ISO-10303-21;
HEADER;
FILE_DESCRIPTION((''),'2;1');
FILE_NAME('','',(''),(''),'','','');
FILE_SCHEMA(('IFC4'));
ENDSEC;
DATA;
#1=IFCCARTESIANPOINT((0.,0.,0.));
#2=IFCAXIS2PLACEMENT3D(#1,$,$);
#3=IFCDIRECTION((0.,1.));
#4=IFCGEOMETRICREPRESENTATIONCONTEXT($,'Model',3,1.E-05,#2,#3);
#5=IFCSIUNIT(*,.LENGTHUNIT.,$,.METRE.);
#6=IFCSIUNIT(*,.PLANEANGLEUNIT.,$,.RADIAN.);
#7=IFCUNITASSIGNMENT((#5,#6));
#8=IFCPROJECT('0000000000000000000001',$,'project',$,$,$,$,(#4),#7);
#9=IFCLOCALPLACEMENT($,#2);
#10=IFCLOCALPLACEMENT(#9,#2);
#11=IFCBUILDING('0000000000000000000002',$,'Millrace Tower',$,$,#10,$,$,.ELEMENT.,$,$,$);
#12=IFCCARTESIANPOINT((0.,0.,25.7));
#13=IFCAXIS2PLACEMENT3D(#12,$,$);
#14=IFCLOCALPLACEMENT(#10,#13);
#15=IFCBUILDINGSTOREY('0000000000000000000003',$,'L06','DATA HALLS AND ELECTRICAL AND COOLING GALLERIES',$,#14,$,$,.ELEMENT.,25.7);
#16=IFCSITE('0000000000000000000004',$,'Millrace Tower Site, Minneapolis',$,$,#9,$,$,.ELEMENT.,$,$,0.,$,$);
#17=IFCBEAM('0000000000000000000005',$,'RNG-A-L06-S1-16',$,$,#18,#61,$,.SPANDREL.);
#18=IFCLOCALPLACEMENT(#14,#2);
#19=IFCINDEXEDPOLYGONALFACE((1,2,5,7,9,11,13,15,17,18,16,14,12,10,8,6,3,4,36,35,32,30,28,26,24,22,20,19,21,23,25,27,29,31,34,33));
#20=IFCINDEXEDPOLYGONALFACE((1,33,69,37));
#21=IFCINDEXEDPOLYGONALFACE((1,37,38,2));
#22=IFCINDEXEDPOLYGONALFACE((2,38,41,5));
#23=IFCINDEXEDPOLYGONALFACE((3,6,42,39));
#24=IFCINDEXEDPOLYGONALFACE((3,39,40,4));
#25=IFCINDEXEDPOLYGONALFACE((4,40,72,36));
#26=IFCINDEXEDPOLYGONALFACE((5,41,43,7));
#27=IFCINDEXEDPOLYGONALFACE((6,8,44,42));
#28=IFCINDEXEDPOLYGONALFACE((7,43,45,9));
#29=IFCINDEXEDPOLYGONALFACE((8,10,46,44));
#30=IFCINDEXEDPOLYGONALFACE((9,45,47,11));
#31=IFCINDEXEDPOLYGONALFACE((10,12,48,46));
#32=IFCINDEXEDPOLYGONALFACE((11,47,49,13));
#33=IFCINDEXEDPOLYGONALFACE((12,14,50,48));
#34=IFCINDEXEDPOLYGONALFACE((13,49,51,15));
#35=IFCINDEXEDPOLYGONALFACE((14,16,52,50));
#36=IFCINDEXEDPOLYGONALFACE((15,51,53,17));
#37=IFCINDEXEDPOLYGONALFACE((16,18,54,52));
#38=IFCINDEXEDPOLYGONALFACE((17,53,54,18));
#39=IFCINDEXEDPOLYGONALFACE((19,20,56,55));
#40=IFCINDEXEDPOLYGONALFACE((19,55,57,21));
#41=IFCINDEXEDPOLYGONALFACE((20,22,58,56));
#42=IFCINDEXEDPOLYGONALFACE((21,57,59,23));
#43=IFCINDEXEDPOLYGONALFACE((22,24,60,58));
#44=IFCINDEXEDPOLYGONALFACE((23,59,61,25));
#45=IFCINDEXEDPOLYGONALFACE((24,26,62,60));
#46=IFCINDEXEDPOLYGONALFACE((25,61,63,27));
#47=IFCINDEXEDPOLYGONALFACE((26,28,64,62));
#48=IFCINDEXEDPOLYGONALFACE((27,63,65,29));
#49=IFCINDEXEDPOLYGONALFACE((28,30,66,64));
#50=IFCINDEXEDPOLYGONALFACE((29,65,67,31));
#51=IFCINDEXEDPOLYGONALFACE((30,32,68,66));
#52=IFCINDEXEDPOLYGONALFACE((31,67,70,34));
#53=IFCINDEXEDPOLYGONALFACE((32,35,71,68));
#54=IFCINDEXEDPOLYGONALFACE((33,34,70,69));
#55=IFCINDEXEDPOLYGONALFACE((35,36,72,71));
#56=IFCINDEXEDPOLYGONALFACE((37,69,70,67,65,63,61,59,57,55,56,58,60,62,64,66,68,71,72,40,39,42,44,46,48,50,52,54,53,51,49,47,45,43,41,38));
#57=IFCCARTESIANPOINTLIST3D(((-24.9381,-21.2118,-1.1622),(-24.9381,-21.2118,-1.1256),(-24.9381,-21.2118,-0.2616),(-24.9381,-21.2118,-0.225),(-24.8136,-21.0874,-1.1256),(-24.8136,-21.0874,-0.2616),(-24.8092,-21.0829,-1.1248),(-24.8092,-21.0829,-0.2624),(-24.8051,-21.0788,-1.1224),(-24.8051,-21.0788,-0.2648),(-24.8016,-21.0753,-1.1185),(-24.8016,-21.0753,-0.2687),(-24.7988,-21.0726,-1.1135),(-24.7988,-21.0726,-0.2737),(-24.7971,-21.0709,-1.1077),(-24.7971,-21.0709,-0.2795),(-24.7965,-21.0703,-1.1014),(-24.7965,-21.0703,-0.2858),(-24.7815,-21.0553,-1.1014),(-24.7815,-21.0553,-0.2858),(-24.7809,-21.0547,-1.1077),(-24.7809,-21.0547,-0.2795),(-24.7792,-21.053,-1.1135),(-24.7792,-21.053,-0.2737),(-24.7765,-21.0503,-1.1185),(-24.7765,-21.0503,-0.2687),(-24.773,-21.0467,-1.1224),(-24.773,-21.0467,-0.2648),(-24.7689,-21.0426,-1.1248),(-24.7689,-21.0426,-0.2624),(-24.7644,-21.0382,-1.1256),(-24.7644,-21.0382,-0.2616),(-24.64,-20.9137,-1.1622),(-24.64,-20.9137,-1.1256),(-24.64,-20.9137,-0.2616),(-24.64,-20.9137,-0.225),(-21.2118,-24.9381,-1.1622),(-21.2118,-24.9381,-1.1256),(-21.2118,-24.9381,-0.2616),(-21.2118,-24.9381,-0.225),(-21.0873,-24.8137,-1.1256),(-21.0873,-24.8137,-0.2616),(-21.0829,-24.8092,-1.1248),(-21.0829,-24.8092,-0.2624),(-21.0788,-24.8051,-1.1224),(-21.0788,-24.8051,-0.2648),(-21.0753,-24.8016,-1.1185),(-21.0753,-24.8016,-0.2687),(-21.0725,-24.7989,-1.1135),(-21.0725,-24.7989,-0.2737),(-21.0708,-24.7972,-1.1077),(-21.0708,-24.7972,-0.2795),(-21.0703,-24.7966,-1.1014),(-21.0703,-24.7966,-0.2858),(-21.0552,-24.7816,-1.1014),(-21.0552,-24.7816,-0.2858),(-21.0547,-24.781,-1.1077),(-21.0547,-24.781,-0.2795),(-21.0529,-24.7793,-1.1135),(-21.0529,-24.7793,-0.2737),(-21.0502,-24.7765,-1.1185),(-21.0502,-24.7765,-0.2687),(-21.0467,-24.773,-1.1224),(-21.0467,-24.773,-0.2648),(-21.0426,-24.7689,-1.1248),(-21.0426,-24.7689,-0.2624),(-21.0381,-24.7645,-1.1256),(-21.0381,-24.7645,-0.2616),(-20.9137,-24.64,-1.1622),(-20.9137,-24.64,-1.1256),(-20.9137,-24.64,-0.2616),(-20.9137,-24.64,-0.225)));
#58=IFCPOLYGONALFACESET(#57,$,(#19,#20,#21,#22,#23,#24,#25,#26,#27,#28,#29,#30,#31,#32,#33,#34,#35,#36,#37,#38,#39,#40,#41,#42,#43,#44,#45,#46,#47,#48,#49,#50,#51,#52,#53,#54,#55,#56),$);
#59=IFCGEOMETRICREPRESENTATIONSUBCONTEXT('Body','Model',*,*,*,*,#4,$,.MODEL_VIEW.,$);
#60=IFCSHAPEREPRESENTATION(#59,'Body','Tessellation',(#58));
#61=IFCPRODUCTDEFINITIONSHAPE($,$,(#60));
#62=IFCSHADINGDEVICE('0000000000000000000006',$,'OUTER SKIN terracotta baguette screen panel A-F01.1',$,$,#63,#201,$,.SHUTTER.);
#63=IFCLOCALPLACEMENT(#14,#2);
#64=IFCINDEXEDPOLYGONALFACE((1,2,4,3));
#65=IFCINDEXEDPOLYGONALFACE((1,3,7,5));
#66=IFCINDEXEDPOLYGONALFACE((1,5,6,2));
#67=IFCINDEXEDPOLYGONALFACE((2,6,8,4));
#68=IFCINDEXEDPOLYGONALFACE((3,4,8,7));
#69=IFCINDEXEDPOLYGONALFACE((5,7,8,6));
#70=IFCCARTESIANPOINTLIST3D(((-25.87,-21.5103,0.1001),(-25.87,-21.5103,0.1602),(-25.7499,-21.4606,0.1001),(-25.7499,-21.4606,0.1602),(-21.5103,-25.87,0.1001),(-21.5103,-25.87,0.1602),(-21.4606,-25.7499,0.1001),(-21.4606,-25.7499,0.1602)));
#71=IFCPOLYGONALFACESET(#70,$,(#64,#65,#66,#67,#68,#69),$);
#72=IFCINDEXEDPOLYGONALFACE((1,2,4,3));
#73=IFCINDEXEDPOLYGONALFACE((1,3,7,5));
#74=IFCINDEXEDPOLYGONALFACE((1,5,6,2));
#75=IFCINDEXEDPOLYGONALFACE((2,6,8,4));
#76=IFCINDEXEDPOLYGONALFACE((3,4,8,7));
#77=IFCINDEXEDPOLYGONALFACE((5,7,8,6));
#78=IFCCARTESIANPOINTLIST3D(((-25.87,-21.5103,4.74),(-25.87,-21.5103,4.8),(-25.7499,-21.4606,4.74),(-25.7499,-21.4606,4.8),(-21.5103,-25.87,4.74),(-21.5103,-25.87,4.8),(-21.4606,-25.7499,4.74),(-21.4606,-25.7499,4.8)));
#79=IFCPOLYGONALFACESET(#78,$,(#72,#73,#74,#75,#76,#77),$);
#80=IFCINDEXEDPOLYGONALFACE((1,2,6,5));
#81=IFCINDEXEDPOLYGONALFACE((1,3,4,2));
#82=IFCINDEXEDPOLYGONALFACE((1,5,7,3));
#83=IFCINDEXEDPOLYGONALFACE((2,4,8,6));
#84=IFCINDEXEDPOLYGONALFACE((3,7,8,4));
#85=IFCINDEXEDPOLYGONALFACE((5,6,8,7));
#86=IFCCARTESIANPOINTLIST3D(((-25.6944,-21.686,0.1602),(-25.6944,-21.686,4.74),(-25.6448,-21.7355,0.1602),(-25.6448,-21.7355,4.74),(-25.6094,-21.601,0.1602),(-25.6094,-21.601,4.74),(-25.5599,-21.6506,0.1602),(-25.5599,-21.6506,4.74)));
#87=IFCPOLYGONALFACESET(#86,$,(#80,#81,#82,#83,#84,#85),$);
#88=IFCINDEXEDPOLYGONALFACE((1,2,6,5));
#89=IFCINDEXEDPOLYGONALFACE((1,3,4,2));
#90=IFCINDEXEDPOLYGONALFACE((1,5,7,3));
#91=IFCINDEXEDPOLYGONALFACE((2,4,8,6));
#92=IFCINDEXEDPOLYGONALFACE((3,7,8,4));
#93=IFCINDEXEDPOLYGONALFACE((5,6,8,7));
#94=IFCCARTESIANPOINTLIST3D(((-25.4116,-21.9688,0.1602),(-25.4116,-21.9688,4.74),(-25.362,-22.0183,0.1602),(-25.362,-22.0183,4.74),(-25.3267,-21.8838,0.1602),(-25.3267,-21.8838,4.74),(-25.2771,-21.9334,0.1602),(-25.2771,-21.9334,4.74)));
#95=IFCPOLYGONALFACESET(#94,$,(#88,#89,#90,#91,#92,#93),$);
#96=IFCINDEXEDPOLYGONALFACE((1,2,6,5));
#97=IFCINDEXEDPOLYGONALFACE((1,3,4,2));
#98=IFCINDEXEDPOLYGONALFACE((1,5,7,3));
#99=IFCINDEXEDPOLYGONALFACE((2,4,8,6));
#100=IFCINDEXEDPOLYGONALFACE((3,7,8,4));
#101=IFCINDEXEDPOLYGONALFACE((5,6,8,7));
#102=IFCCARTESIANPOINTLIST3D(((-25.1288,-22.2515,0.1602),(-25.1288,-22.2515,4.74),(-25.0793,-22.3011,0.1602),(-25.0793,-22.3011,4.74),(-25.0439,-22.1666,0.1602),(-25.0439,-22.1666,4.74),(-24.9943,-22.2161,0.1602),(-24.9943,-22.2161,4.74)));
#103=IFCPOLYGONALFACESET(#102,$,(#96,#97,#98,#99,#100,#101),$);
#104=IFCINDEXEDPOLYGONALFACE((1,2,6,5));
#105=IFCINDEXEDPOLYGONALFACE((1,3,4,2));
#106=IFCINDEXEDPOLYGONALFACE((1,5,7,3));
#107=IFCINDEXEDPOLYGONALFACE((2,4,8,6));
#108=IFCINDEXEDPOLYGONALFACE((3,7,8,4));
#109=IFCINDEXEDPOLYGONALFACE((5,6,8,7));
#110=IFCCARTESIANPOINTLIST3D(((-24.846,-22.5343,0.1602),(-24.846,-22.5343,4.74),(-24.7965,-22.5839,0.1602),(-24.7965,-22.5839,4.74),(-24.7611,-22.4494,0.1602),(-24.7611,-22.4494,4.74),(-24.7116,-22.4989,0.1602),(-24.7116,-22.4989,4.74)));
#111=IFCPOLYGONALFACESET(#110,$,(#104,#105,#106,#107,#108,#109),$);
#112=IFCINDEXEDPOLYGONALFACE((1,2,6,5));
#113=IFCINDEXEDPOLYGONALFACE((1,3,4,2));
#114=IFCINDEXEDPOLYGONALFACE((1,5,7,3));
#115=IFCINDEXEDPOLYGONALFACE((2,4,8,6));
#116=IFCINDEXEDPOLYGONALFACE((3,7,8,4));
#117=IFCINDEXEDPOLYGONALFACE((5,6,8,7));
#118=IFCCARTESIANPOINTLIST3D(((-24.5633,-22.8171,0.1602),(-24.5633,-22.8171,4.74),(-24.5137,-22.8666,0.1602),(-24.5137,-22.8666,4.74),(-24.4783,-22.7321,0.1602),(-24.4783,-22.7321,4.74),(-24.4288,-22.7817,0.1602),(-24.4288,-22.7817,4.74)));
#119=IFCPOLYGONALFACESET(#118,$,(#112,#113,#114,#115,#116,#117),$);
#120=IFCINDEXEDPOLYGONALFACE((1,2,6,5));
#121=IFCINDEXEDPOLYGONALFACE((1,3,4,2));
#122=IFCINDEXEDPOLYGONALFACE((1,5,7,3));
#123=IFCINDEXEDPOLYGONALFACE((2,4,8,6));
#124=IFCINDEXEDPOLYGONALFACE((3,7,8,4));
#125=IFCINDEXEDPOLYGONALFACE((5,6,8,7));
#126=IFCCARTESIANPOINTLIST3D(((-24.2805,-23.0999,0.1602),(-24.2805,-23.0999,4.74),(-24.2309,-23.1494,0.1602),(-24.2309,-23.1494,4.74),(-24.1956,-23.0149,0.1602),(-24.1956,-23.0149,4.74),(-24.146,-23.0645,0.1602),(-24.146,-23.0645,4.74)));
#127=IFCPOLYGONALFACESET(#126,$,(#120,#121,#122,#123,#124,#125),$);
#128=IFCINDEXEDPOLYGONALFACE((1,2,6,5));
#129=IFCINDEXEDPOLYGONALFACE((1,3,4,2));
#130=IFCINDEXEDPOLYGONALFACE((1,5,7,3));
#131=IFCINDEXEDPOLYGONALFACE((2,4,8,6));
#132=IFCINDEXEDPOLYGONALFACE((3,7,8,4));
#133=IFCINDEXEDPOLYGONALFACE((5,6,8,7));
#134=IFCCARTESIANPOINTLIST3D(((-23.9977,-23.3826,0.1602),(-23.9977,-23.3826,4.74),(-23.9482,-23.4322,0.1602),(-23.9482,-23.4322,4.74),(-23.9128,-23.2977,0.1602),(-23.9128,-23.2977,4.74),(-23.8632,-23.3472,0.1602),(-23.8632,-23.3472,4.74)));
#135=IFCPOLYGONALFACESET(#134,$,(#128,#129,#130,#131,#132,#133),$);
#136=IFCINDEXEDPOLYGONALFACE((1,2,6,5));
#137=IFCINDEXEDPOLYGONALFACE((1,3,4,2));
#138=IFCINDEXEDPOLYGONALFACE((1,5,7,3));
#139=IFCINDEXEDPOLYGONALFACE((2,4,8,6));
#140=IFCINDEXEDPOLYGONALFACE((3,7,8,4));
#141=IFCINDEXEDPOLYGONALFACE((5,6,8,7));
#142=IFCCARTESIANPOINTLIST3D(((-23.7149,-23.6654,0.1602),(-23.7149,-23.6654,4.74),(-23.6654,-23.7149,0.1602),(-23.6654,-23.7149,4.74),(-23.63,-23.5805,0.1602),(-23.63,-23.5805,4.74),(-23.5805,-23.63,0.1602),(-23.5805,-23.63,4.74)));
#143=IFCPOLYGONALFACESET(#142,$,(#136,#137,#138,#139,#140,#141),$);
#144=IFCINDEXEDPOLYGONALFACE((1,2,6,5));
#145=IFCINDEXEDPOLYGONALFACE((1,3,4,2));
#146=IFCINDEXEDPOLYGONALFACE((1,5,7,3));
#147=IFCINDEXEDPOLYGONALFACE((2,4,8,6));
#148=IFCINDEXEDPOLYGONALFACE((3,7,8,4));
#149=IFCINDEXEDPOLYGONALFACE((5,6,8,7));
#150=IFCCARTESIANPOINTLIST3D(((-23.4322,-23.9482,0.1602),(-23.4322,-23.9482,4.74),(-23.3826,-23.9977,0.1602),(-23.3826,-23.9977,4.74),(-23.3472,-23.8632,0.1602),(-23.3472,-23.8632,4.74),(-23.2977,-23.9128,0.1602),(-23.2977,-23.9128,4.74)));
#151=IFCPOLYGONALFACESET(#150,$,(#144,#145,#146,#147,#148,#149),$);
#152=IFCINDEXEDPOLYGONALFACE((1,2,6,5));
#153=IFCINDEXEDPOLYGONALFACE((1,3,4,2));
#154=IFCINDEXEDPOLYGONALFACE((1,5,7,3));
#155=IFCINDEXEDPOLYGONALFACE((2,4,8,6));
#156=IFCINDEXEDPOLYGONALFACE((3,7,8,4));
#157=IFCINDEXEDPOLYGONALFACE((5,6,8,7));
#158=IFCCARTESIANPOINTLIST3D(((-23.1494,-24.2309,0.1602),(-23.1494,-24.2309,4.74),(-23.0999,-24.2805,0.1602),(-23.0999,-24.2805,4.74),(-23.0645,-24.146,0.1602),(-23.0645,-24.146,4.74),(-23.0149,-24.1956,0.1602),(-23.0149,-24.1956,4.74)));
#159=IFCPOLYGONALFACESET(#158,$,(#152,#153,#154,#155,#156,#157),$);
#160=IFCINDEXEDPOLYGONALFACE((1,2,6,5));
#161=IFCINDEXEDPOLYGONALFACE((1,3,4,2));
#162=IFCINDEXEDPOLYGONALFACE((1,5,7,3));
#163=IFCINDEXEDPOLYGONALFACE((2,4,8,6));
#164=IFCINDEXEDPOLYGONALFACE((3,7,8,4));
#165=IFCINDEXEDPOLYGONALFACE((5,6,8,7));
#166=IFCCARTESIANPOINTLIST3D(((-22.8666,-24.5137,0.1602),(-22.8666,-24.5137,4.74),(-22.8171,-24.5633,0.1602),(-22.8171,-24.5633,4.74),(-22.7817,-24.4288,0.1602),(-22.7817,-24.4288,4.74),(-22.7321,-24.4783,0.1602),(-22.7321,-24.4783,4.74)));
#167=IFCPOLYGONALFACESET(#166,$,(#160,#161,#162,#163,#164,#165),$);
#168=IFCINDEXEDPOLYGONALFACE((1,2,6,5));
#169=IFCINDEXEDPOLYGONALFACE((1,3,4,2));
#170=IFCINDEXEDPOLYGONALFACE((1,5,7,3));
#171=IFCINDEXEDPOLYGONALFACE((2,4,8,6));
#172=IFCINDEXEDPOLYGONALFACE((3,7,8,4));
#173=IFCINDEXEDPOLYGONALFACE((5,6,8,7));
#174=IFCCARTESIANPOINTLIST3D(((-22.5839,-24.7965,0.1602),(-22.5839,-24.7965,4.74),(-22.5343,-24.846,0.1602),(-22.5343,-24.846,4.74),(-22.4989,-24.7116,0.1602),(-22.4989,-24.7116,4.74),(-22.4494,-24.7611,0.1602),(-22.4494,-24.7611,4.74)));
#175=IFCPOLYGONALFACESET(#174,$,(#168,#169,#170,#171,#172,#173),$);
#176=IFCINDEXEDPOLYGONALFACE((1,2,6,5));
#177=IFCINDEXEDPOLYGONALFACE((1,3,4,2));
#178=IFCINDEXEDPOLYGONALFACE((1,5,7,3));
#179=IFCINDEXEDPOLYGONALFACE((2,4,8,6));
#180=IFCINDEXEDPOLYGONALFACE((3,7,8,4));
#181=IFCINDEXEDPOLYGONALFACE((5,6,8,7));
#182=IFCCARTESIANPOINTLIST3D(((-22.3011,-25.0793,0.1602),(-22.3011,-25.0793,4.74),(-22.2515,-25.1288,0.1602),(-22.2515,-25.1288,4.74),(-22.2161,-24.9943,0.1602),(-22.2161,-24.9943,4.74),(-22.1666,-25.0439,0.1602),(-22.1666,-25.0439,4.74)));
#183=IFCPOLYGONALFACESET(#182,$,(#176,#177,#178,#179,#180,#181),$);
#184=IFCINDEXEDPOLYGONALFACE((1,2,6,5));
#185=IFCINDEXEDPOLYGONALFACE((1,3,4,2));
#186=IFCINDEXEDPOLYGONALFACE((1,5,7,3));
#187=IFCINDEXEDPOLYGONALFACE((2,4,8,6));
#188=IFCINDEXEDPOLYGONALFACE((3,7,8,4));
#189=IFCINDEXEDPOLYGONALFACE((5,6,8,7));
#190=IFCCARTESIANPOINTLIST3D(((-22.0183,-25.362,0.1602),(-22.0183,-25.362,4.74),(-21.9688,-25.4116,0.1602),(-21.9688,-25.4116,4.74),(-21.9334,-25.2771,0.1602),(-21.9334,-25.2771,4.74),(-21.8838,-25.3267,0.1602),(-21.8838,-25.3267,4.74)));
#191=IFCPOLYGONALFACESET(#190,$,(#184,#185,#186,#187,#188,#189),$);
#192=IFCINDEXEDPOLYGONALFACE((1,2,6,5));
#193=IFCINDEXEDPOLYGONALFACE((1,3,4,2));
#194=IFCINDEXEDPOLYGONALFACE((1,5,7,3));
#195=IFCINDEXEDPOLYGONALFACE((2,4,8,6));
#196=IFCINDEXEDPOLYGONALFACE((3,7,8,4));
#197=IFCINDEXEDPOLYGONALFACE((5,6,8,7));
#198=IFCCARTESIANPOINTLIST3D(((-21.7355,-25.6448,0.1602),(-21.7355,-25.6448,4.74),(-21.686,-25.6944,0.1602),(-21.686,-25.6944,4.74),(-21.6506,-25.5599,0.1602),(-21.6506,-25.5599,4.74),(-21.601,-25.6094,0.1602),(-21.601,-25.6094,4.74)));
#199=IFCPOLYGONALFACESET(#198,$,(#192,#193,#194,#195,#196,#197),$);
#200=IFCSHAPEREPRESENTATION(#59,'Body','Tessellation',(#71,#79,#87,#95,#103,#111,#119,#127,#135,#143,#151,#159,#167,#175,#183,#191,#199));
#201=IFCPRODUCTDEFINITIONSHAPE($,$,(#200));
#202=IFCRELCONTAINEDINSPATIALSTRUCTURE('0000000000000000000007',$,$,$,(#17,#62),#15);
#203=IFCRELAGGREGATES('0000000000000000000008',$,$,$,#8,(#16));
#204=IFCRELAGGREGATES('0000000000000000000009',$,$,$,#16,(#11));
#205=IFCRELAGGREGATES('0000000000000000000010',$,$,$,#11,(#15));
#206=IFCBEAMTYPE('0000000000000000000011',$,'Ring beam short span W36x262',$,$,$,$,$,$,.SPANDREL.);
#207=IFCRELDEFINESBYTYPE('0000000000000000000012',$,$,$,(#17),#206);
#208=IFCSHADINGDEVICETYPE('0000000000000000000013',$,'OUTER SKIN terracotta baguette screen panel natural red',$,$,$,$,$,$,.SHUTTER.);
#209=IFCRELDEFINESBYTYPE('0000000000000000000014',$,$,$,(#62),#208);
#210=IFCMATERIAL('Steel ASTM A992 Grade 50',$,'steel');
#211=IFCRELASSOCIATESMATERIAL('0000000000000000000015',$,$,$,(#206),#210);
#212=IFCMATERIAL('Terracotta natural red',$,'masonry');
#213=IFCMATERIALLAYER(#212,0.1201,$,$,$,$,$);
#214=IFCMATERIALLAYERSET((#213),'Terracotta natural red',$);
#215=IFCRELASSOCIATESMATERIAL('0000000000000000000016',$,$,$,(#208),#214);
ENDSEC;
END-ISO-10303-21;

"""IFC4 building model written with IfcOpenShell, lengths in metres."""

from ifc_helpers import new_model, entity, si_unit, direction, frame, frame_2d, origin, origin_2d, place, context, subcontext, project, spatial, rectangle, i_section, extrude, source, transform, mapped, material, layer, layer_set, material_profile, profile_set, type_object, element, save


model = new_model("IFC4")

# Units and contexts
model_context = context("Model", 3, precision=1e-05, world=origin(), true_north=direction((0.0, 1.0)))
body_context = subcontext(model_context, "Body", "Model", "MODEL_VIEW")
ifc_project = project(units=[si_unit("LENGTHUNIT", "METRE"), si_unit("PLANEANGLEUNIT", "RADIAN")], contexts=[model_context])

# Site, building, storey
site_placement = place(None, origin())
site = spatial("IfcSite", under=ifc_project, at=site_placement, Name="Millrace Tower Site, Minneapolis", CompositionType="ELEMENT", RefElevation=0.0)
building_placement = place(site_placement, origin())
building = spatial("IfcBuilding", under=site, at=building_placement, Name="Millrace Tower", CompositionType="ELEMENT")
storey_placement = place(building_placement, frame((0.0, 0.0, 25.7)))
storey = spatial("IfcBuildingStorey", under=building, at=storey_placement, Name="L06", Description="DATA HALLS AND ELECTRICAL AND COOLING GALLERIES", CompositionType="ELEMENT", Elevation=25.7)

# Beam
ifc_material_1 = material(Name="Steel ASTM A992 Grade 50", Category="steel")
ifc_material_profile_1 = material_profile(ifc_material_1, i_section(OverallWidth=0.4216, OverallDepth=0.9373, WebThickness=0.0212, FlangeThickness=0.0366, FilletRadius=0.0242, at=origin_2d()))
ifc_profile_set_1 = profile_set([ifc_material_profile_1], Name="Steel ASTM A992 Grade 50")
beam_type_1 = type_object("IfcBeamType", Name="Ring beam short span W36x262", PredefinedType="SPANDREL", material=ifc_profile_set_1)
beam_1_placement = place(storey_placement, frame((-21.0627, -24.7891, -0.6936), z_axis=(-0.707107, 0.707107, 0.0), x_axis=(-0.707107, -0.707107, 0.0)))
element("IfcBeam", 1, at=beam_1_placement, inside=storey, type_object=beam_type_1, Name="RNG-A-L06-S1-16", PredefinedType="SPANDREL", context=body_context, shape_type="SweptSolid", body=[
    extrude(i_section(OverallWidth=0.4216, OverallDepth=0.9373, WebThickness=0.0212, FlangeThickness=0.0366, FilletRadius=0.0242, at=origin_2d()), origin(), (0.0, 0.0, 1.0), 5.2698),
])

# Shading device
ifc_material_2 = material(Name="Terracotta natural red", Category="masonry")
ifc_layer_1 = layer(ifc_material_2, 0.1201)
ifc_layer_set_1 = layer_set([ifc_layer_1], Name="Terracotta natural red")
shading_device_type_1 = type_object("IfcShadingDeviceType", Name="OUTER SKIN terracotta baguette screen panel natural red", PredefinedType="SHUTTER", material=ifc_layer_set_1)
cartesian_point_1 = entity("IfcCartesianPoint", [-3.033, 0.0601])
shared_polyline_1 = entity("IfcPolyline", [cartesian_point_1, entity("IfcCartesianPoint", [3.033, 0.0601]), entity("IfcCartesianPoint", [3.0828, -0.0601]), entity("IfcCartesianPoint", [-3.0828, -0.0601]), cartesian_point_1])
shared_shape_1 = source(origin(), body_context, "Body", "SweptSolid", [
    entity("IfcExtrudedAreaSolid", entity("IfcArbitraryClosedProfileDef", "AREA", None, shared_polyline_1), entity("IfcAxis2Placement3D", entity("IfcCartesianPoint", [0.0, 0.0, 0.0])), entity("IfcDirection", [0.0, 0.0, 1.0]), 0.0601),
    entity("IfcExtrudedAreaSolid", entity("IfcArbitraryClosedProfileDef", "AREA", None, shared_polyline_1), entity("IfcAxis2Placement3D", entity("IfcCartesianPoint", [0.0, 0.0, 4.6399])), entity("IfcDirection", [0.0, 0.0, 1.0]), 0.0601),
    extrude(rectangle(XDim=0.0701, YDim=0.1201, at=frame_2d((-2.7993, 0.0))), frame((0.0, 0.0, 0.0601)), (0.0, 0.0, 1.0), 4.5798),
    extrude(rectangle(XDim=0.0701, YDim=0.1201, at=frame_2d((-2.3994, 0.0))), frame((0.0, 0.0, 0.0601)), (0.0, 0.0, 1.0), 4.5798),
    extrude(rectangle(XDim=0.0701, YDim=0.1201, at=frame_2d((-1.9995, 0.0))), frame((0.0, 0.0, 0.0601)), (0.0, 0.0, 1.0), 4.5798),
    extrude(rectangle(XDim=0.0701, YDim=0.1201, at=frame_2d((-1.5996, 0.0))), frame((0.0, 0.0, 0.0601)), (0.0, 0.0, 1.0), 4.5798),
    extrude(rectangle(XDim=0.0701, YDim=0.1201, at=frame_2d((-1.1997, 0.0))), frame((0.0, 0.0, 0.0601)), (0.0, 0.0, 1.0), 4.5798),
    extrude(rectangle(XDim=0.0701, YDim=0.1201, at=frame_2d((-0.7998, 0.0))), frame((0.0, 0.0, 0.0601)), (0.0, 0.0, 1.0), 4.5798),
    extrude(rectangle(XDim=0.0701, YDim=0.1201, at=frame_2d((-0.3999, 0.0))), frame((0.0, 0.0, 0.0601)), (0.0, 0.0, 1.0), 4.5798),
    extrude(rectangle(XDim=0.0701, YDim=0.1201, at=origin_2d()), frame((0.0, 0.0, 0.0601)), (0.0, 0.0, 1.0), 4.5798),
    extrude(rectangle(XDim=0.0701, YDim=0.1201, at=frame_2d((0.3999, 0.0))), frame((0.0, 0.0, 0.0601)), (0.0, 0.0, 1.0), 4.5798),
    extrude(rectangle(XDim=0.0701, YDim=0.1201, at=frame_2d((0.7998, 0.0))), frame((0.0, 0.0, 0.0601)), (0.0, 0.0, 1.0), 4.5798),
    extrude(rectangle(XDim=0.0701, YDim=0.1201, at=frame_2d((1.1997, 0.0))), frame((0.0, 0.0, 0.0601)), (0.0, 0.0, 1.0), 4.5798),
    extrude(rectangle(XDim=0.0701, YDim=0.1201, at=frame_2d((1.5996, 0.0))), frame((0.0, 0.0, 0.0601)), (0.0, 0.0, 1.0), 4.5798),
    extrude(rectangle(XDim=0.0701, YDim=0.1201, at=frame_2d((1.9995, 0.0))), frame((0.0, 0.0, 0.0601)), (0.0, 0.0, 1.0), 4.5798),
    extrude(rectangle(XDim=0.0701, YDim=0.1201, at=frame_2d((2.3994, 0.0))), frame((0.0, 0.0, 0.0601)), (0.0, 0.0, 1.0), 4.5798),
    extrude(rectangle(XDim=0.0701, YDim=0.1201, at=frame_2d((2.7993, 0.0))), frame((0.0, 0.0, 0.0601)), (0.0, 0.0, 1.0), 4.5798),
])
shading_device_1_placement = place(storey_placement, frame((-23.6477, -23.6477, 0.1001), z_axis=(0.0, 0.0, 1.0), x_axis=(0.707107, -0.707107, 0.0)))
element("IfcShadingDevice", 2, at=shading_device_1_placement, inside=storey, type_object=shading_device_type_1, Name="OUTER SKIN terracotta baguette screen panel A-F01.1", PredefinedType="SHUTTER", context=body_context, shape_type="MappedRepresentation", body=[
    mapped(shared_shape_1, transform((0.0, 0.0, 0.0), scale=1.0)),
])

save(model, "model.ifc")
